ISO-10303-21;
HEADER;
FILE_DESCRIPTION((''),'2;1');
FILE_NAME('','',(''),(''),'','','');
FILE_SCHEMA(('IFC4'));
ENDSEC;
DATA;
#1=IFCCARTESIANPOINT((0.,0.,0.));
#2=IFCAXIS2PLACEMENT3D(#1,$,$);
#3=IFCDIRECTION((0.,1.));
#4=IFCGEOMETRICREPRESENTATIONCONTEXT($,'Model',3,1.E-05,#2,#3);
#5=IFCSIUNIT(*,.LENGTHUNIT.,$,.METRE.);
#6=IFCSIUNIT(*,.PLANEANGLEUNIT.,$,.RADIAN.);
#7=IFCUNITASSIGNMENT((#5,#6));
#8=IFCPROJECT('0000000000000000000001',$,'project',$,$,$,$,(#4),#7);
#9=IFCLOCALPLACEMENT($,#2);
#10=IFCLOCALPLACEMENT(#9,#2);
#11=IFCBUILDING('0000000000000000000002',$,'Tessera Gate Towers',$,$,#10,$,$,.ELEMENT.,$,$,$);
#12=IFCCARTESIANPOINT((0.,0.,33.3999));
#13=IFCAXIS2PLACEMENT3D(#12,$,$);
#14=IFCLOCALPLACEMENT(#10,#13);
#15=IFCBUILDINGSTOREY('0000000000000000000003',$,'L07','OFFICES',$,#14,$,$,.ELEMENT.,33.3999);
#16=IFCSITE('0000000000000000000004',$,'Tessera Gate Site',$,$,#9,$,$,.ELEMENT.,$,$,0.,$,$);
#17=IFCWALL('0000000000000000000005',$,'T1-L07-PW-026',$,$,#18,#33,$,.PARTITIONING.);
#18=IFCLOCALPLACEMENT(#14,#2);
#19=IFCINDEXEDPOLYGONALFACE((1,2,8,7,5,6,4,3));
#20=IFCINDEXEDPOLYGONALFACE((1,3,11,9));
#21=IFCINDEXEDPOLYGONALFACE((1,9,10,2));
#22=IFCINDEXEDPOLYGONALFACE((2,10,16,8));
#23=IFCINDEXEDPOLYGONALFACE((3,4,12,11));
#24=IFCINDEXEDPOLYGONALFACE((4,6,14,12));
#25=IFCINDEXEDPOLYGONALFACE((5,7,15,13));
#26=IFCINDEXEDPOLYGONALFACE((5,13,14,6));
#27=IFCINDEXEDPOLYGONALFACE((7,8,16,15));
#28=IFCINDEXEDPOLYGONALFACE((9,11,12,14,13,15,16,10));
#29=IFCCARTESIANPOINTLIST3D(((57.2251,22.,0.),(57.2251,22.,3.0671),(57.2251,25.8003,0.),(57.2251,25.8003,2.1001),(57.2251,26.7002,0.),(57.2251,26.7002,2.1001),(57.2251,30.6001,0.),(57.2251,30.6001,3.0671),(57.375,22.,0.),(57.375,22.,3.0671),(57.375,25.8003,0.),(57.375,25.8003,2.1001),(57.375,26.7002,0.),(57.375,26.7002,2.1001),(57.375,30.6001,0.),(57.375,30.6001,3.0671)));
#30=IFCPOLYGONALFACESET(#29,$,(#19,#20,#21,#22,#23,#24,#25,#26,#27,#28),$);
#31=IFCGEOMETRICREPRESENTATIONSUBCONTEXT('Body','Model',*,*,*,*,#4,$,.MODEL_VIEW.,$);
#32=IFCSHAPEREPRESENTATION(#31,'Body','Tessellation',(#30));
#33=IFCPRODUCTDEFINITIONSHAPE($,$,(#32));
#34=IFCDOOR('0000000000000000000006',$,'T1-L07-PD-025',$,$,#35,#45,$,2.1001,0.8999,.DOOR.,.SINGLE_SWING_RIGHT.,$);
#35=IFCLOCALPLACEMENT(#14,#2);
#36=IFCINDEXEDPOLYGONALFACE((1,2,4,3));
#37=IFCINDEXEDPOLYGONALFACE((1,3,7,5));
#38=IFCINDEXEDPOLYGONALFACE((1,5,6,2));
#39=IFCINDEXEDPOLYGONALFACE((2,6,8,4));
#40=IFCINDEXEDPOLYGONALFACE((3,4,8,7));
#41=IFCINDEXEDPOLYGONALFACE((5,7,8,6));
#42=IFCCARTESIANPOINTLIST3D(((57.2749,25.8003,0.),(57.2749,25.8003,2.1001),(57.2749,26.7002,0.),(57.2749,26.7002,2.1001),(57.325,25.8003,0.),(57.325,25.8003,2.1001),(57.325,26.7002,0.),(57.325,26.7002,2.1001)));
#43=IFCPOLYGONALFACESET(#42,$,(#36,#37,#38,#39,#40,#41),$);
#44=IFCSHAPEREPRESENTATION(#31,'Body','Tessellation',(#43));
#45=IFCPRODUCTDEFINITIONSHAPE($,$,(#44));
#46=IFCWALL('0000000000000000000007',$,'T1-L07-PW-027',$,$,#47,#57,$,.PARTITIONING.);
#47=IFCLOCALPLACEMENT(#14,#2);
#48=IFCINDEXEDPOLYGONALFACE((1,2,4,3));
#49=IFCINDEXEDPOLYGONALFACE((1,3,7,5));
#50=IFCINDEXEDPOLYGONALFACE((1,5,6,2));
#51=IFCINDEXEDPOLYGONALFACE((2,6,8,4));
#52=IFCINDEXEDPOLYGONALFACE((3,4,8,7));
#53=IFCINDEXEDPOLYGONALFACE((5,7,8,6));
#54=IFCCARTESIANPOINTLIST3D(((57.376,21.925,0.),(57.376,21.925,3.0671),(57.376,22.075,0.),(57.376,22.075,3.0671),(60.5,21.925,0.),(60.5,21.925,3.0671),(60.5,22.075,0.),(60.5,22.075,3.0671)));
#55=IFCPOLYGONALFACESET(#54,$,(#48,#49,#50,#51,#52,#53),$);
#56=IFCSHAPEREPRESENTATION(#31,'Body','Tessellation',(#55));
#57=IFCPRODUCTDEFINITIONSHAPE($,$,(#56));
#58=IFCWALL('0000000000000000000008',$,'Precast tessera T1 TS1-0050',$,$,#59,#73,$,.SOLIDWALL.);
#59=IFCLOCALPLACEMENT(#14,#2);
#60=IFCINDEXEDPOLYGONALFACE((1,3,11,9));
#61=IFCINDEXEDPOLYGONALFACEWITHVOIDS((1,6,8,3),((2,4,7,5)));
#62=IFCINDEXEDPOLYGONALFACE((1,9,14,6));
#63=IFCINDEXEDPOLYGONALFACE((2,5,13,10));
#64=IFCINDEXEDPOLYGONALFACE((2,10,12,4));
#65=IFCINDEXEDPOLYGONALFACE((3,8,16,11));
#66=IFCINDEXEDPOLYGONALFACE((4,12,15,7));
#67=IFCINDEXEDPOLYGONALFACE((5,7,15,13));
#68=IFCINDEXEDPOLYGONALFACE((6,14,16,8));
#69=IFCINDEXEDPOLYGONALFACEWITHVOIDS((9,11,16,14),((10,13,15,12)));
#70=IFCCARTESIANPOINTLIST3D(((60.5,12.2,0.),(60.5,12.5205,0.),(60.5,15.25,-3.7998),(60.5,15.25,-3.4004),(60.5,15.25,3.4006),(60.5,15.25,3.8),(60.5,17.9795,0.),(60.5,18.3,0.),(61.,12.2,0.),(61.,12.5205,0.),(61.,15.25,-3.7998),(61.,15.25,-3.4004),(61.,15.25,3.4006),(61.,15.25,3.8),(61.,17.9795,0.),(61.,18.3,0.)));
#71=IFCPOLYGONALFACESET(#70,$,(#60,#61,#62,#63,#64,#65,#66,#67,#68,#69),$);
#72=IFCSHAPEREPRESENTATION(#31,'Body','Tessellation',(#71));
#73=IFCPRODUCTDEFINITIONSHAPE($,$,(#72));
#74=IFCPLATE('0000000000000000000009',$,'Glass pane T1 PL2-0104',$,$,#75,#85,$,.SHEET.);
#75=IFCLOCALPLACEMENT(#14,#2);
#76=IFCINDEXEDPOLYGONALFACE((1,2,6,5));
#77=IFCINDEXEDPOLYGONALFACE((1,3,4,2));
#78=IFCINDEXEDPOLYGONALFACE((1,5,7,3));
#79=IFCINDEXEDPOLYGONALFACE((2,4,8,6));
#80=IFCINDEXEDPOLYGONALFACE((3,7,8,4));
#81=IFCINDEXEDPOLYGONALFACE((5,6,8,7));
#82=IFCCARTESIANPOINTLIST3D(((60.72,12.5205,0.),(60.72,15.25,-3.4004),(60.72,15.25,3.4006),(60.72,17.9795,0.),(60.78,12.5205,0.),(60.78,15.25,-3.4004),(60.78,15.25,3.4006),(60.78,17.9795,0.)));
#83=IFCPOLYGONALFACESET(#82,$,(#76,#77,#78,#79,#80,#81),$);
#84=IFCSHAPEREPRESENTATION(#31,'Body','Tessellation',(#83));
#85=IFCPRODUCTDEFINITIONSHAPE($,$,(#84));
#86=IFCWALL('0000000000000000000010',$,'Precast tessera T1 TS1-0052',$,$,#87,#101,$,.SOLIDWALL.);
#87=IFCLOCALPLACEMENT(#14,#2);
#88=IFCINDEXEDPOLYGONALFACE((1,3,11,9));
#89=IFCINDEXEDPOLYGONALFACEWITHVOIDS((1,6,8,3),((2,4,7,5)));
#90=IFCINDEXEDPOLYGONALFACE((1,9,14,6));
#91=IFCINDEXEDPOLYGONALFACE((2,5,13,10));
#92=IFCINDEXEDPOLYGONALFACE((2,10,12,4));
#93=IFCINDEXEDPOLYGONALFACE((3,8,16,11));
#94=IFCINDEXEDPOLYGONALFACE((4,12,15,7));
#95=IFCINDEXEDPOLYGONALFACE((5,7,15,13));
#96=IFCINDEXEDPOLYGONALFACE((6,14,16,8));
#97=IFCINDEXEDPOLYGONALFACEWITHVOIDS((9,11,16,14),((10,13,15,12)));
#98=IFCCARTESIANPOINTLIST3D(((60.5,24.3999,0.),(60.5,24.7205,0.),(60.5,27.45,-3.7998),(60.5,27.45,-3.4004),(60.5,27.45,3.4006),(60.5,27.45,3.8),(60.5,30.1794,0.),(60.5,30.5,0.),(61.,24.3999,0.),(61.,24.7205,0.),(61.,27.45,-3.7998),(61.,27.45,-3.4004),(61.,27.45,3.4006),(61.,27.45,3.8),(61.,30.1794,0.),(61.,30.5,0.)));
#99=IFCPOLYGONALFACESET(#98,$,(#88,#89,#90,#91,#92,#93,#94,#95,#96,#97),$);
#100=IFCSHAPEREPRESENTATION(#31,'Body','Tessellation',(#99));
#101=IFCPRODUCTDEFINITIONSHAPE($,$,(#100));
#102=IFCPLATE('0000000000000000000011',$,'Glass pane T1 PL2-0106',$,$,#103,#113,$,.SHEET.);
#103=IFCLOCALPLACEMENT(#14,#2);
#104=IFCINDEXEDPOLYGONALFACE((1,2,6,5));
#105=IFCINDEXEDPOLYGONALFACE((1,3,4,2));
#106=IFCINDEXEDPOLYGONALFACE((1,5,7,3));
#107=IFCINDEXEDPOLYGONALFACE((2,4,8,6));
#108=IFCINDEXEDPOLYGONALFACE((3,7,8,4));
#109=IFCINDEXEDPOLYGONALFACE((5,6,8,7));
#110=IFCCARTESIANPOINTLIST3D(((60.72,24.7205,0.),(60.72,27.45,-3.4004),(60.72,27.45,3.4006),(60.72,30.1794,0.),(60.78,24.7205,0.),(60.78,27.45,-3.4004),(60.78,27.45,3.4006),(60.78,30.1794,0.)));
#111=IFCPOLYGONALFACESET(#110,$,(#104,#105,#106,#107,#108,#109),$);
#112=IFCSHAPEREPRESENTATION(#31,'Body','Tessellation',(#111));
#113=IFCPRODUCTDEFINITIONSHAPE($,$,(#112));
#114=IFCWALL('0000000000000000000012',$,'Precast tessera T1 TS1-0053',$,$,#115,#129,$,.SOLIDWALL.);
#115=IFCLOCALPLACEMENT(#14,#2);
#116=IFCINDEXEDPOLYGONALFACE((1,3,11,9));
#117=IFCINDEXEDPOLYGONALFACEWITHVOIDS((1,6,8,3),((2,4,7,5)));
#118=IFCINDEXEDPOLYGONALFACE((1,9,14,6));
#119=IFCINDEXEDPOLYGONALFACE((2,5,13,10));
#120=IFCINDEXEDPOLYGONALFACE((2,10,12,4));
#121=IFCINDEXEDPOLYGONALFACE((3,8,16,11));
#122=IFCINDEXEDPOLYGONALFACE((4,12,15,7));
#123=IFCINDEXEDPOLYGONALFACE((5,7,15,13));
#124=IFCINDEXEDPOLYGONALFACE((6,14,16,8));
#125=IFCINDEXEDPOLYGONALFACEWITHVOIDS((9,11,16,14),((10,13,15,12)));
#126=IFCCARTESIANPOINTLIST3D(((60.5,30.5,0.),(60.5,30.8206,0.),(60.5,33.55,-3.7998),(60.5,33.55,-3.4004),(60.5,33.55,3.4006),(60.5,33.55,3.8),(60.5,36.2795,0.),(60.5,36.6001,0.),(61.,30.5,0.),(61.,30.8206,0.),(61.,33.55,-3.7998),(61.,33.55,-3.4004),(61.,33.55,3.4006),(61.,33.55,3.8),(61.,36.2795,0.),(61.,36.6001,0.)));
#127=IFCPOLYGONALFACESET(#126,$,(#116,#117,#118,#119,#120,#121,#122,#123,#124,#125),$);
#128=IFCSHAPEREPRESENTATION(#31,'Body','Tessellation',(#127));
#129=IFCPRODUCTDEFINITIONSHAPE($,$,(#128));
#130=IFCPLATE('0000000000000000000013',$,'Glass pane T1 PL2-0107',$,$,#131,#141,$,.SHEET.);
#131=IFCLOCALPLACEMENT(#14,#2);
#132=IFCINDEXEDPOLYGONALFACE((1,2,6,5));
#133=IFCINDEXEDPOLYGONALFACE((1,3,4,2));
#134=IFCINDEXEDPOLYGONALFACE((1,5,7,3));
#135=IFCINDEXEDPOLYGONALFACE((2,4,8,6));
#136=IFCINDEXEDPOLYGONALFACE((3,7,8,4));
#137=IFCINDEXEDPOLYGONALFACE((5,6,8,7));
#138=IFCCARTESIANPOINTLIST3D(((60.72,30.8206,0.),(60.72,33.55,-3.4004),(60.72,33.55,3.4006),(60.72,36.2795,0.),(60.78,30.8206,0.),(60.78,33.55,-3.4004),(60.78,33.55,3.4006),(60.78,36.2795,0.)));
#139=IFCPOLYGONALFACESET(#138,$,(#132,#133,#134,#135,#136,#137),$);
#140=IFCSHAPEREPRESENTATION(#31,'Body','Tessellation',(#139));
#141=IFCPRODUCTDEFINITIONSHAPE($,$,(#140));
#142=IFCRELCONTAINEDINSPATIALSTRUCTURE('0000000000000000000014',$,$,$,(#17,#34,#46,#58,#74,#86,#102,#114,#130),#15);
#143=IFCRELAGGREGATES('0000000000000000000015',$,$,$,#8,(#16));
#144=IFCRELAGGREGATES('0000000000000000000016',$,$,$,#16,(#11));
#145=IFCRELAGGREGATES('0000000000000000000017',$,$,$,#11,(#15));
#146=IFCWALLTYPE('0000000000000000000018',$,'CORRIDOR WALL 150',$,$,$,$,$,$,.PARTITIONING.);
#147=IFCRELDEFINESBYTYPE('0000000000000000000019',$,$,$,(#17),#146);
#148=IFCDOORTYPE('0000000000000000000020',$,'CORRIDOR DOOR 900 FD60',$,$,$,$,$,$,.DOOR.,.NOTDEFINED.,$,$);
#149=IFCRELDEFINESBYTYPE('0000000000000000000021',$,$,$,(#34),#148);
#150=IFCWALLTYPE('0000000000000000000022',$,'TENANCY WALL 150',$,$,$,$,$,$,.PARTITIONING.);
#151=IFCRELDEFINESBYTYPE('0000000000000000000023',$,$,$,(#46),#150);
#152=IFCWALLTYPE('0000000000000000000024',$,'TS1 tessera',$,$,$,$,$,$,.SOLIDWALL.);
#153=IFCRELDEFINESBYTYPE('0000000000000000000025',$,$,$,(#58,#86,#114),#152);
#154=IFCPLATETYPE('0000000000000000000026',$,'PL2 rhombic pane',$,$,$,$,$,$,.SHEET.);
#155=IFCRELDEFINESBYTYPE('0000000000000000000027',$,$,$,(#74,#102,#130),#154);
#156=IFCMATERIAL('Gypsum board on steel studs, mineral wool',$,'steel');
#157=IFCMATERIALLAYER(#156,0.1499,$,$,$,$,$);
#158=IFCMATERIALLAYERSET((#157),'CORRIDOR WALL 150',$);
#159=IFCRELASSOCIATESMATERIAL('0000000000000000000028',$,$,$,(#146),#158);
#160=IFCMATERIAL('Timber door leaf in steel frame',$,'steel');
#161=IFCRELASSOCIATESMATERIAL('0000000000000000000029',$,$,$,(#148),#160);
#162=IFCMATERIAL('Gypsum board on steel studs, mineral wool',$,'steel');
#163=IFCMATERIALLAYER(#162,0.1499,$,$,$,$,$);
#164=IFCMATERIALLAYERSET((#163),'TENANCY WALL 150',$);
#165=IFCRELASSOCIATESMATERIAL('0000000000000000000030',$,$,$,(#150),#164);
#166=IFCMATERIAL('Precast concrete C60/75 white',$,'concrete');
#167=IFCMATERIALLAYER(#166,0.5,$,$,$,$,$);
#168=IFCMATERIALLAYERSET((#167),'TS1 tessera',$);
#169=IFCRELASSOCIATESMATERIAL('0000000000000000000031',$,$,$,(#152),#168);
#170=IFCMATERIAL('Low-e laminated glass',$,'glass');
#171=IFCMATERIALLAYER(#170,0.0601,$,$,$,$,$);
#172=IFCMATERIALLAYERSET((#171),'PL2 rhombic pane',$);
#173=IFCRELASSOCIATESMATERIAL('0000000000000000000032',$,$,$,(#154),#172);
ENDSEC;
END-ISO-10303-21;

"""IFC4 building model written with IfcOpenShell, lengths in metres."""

from ifc_helpers import new_model, si_unit, direction, frame, frame_2d, origin, place, context, subcontext, project, spatial, polyline, rectangle, outline, extrude, source, transform, mapped, material, layer, layer_set, type_object, element, fill, save


model = new_model("IFC4")

# Units and contexts
model_context = context("Model", 3, precision=1e-05, world=origin(), true_north=direction((0.0, 1.0)))
body_context = subcontext(model_context, "Body", "Model", "MODEL_VIEW")
ifc_project = project(units=[si_unit("LENGTHUNIT", "METRE"), si_unit("PLANEANGLEUNIT", "RADIAN")], contexts=[model_context])

# Site, building, storey
site_placement = place(None, origin())
site = spatial("IfcSite", under=ifc_project, at=site_placement, Name="Tessera Gate Site", CompositionType="ELEMENT", RefElevation=0.0)
building_placement = place(site_placement, origin())
building = spatial("IfcBuilding", under=site, at=building_placement, Name="Tessera Gate Towers", CompositionType="ELEMENT")
storey_placement = place(building_placement, frame((0.0, 0.0, 33.3999)))
storey = spatial("IfcBuildingStorey", under=building, at=storey_placement, Name="L07", Description="OFFICES", CompositionType="ELEMENT", Elevation=33.3999)

# Shared definitions
ifc_material_1 = material(Name="Gypsum board on steel studs, mineral wool", Category="steel")
ifc_layer_1 = layer(ifc_material_1, 0.1499)
ifc_layer_set_1 = layer_set([ifc_layer_1], Name="CORRIDOR WALL 150")
wall_type_1 = type_object("IfcWallType", Name="CORRIDOR WALL 150", PredefinedType="PARTITIONING", material=ifc_layer_set_1)

# Wall, opening, door
wall_1_placement = place(storey_placement, frame((57.3, 30.6001, 0.0), z_axis=(0.0, 0.0, 1.0), x_axis=(0.0, -1.0, 0.0)))
wall_1 = element("IfcWall", 1, at=wall_1_placement, inside=storey, type_object=wall_type_1, Name="T1-L07-PW-026", PredefinedType="PARTITIONING", context=body_context, shape_type="SweptSolid", body=[
    extrude(rectangle(XDim=8.6001, YDim=0.1499, at=frame_2d((4.3, 0.0))), origin(), (0.0, 0.0, 1.0), 3.0671),
])
shared_shape_1 = source(origin(), body_context, "Body", "SweptSolid", [
    extrude(rectangle(XDim=0.8999, YDim=2.1001, at=frame_2d((0.45, 1.05))), frame((0.0, 0.085, 0.0), z_axis=(0.0, -1.0, 0.0), x_axis=(1.0, 0.0, 0.0)), (0.0, 0.0, 1.0), 0.1699),
])
opening_1_placement = place(wall_1_placement, frame((3.8999, 0.0, 0.0)))
opening_1 = element("IfcOpeningElement", 2, at=opening_1_placement, cuts=wall_1, PredefinedType="OPENING", context=body_context, shape_type="MappedRepresentation", body=[
    mapped(shared_shape_1, transform((0.0, 0.0, 0.0), scale=1.0)),
])
ifc_material_2 = material(Name="Timber door leaf in steel frame", Category="steel")
door_type_1 = type_object("IfcDoorType", Name="CORRIDOR DOOR 900 FD60", OperationType="NOTDEFINED", PredefinedType="DOOR", material=ifc_material_2)
shared_shape_2 = source(origin(), body_context, "Body", "SweptSolid", [
    extrude(rectangle(XDim=0.8999, YDim=2.1001, at=frame_2d((0.45, 1.05))), frame((0.0, 0.0249, 0.0), z_axis=(0.0, -1.0, 0.0), x_axis=(1.0, 0.0, 0.0)), (0.0, 0.0, 1.0), 0.05),
])
door_1_placement = place(opening_1_placement, origin())
door_1 = element("IfcDoor", 3, at=door_1_placement, inside=storey, type_object=door_type_1, Name="T1-L07-PD-025", OperationType="SINGLE_SWING_RIGHT", OverallHeight=2.1001, OverallWidth=0.8999, PredefinedType="DOOR", context=body_context, shape_type="MappedRepresentation", body=[
    mapped(shared_shape_2, transform((0.0, 0.0, 0.0), scale=1.0)),
])
fill(opening_1, door_1)

# Wall
ifc_material_3 = material(Name="Gypsum board on steel studs, mineral wool", Category="steel")
ifc_layer_2 = layer(ifc_material_3, 0.1499)
ifc_layer_set_2 = layer_set([ifc_layer_2], Name="TENANCY WALL 150")
wall_type_2 = type_object("IfcWallType", Name="TENANCY WALL 150", PredefinedType="PARTITIONING", material=ifc_layer_set_2)
wall_2_placement = place(storey_placement, frame((57.376, 22.0, 0.0), z_axis=(0.0, 0.0, 1.0), x_axis=(1.0, 0.0, 0.0)))
element("IfcWall", 4, at=wall_2_placement, inside=storey, type_object=wall_type_2, Name="T1-L07-PW-027", PredefinedType="PARTITIONING", context=body_context, shape_type="SweptSolid", body=[
    extrude(rectangle(XDim=3.124, YDim=0.1499, at=frame_2d((1.562, 0.0))), origin(), (0.0, 0.0, 1.0), 3.0671),
])

# Walls, openings, plates
ifc_material_4 = material(Name="Precast concrete C60/75 white", Category="concrete")
ifc_layer_3 = layer(ifc_material_4, 0.5)
ifc_layer_set_3 = layer_set([ifc_layer_3], Name="TS1 tessera")
wall_type_3 = type_object("IfcWallType", Name="TS1 tessera", PredefinedType="SOLIDWALL", material=ifc_layer_set_3)
shared_shape_3 = source(origin(), body_context, "Body", "SweptSolid", [
    extrude(outline(polyline([(3.05, 0.0), (6.1001, 3.7998), (3.05, 7.5999), (0.0, 3.7998), (3.05, 0.0)])), frame((0.0, 0.25, 0.0), z_axis=(0.0, -1.0, 0.0), x_axis=(1.0, 0.0, 0.0)), (0.0, 0.0, 1.0), 0.5),
])
wall_3_placement = place(storey_placement, frame((60.75, 12.2, -3.7998), z_axis=(0.0, 0.0, 1.0), x_axis=(0.0, 1.0, 0.0)))
wall_3 = element("IfcWall", 5, at=wall_3_placement, inside=storey, type_object=wall_type_3, Name="Precast tessera T1 TS1-0050", PredefinedType="SOLIDWALL", context=body_context, shape_type="MappedRepresentation", body=[
    mapped(shared_shape_3, transform((0.0, 0.0, 0.0), scale=1.0)),
])
shared_shape_4 = source(origin(), body_context, "Body", "SweptSolid", [
    extrude(outline(polyline([(3.05, 0.3994), (5.7795, 3.7998), (3.05, 7.2004), (0.3206, 3.7998), (3.05, 0.3994)])), frame((0.0, 0.26, 0.0), z_axis=(0.0, -1.0, 0.0), x_axis=(1.0, 0.0, 0.0)), (0.0, 0.0, 1.0), 0.52),
])
opening_2_placement = place(wall_3_placement, origin())
opening_2 = element("IfcOpeningElement", 6, at=opening_2_placement, cuts=wall_3, PredefinedType="OPENING", context=body_context, shape_type="MappedRepresentation", body=[
    mapped(shared_shape_4, transform((0.0, 0.0, 0.0), scale=1.0)),
])
ifc_material_5 = material(Name="Low-e laminated glass", Category="glass")
ifc_layer_4 = layer(ifc_material_5, 0.0601)
ifc_layer_set_4 = layer_set([ifc_layer_4], Name="PL2 rhombic pane")
plate_type = type_object("IfcPlateType", Name="PL2 rhombic pane", PredefinedType="SHEET", material=ifc_layer_set_4)
shared_shape_5 = source(origin(), body_context, "Body", "SweptSolid", [
    extrude(outline(polyline([(3.05, 0.3994), (5.7795, 3.7998), (3.05, 7.2004), (0.3206, 3.7998), (3.05, 0.3994)])), frame((0.0, 0.03, 0.0), z_axis=(0.0, -1.0, 0.0), x_axis=(1.0, 0.0, 0.0)), (0.0, 0.0, 1.0), 0.0601),
])
plate_1_placement = place(opening_2_placement, origin())
plate_1 = element("IfcPlate", 7, at=plate_1_placement, inside=storey, type_object=plate_type, Name="Glass pane T1 PL2-0104", PredefinedType="SHEET", context=body_context, shape_type="MappedRepresentation", body=[
    mapped(shared_shape_5, transform((0.0, 0.0, 0.0), scale=1.0)),
])
fill(opening_2, plate_1)
wall_4_placement = place(storey_placement, frame((60.75, 24.3999, -3.7998), z_axis=(0.0, 0.0, 1.0), x_axis=(0.0, 1.0, 0.0)))
wall_4 = element("IfcWall", 8, at=wall_4_placement, inside=storey, type_object=wall_type_3, Name="Precast tessera T1 TS1-0052", PredefinedType="SOLIDWALL", context=body_context, shape_type="MappedRepresentation", body=[
    mapped(shared_shape_3, transform((0.0, 0.0, 0.0), scale=1.0)),
])
opening_3_placement = place(wall_4_placement, origin())
opening_3 = element("IfcOpeningElement", 9, at=opening_3_placement, cuts=wall_4, PredefinedType="OPENING", context=body_context, shape_type="MappedRepresentation", body=[
    mapped(shared_shape_4, transform((0.0, 0.0, 0.0), scale=1.0)),
])
plate_2_placement = place(opening_3_placement, origin())
plate_2 = element("IfcPlate", 10, at=plate_2_placement, inside=storey, type_object=plate_type, Name="Glass pane T1 PL2-0106", PredefinedType="SHEET", context=body_context, shape_type="MappedRepresentation", body=[
    mapped(shared_shape_5, transform((0.0, 0.0, 0.0), scale=1.0)),
])
fill(opening_3, plate_2)
wall_5_placement = place(storey_placement, frame((60.75, 30.5, -3.7998), z_axis=(0.0, 0.0, 1.0), x_axis=(0.0, 1.0, 0.0)))
wall_5 = element("IfcWall", 11, at=wall_5_placement, inside=storey, type_object=wall_type_3, Name="Precast tessera T1 TS1-0053", PredefinedType="SOLIDWALL", context=body_context, shape_type="MappedRepresentation", body=[
    mapped(shared_shape_3, transform((0.0, 0.0, 0.0), scale=1.0)),
])
opening_4_placement = place(wall_5_placement, origin())
opening_4 = element("IfcOpeningElement", 12, at=opening_4_placement, cuts=wall_5, PredefinedType="OPENING", context=body_context, shape_type="MappedRepresentation", body=[
    mapped(shared_shape_4, transform((0.0, 0.0, 0.0), scale=1.0)),
])
plate_3_placement = place(opening_4_placement, origin())
plate_3 = element("IfcPlate", 13, at=plate_3_placement, inside=storey, type_object=plate_type, Name="Glass pane T1 PL2-0107", PredefinedType="SHEET", context=body_context, shape_type="MappedRepresentation", body=[
    mapped(shared_shape_5, transform((0.0, 0.0, 0.0), scale=1.0)),
])
fill(opening_4, plate_3)

save(model, "model.ifc")
